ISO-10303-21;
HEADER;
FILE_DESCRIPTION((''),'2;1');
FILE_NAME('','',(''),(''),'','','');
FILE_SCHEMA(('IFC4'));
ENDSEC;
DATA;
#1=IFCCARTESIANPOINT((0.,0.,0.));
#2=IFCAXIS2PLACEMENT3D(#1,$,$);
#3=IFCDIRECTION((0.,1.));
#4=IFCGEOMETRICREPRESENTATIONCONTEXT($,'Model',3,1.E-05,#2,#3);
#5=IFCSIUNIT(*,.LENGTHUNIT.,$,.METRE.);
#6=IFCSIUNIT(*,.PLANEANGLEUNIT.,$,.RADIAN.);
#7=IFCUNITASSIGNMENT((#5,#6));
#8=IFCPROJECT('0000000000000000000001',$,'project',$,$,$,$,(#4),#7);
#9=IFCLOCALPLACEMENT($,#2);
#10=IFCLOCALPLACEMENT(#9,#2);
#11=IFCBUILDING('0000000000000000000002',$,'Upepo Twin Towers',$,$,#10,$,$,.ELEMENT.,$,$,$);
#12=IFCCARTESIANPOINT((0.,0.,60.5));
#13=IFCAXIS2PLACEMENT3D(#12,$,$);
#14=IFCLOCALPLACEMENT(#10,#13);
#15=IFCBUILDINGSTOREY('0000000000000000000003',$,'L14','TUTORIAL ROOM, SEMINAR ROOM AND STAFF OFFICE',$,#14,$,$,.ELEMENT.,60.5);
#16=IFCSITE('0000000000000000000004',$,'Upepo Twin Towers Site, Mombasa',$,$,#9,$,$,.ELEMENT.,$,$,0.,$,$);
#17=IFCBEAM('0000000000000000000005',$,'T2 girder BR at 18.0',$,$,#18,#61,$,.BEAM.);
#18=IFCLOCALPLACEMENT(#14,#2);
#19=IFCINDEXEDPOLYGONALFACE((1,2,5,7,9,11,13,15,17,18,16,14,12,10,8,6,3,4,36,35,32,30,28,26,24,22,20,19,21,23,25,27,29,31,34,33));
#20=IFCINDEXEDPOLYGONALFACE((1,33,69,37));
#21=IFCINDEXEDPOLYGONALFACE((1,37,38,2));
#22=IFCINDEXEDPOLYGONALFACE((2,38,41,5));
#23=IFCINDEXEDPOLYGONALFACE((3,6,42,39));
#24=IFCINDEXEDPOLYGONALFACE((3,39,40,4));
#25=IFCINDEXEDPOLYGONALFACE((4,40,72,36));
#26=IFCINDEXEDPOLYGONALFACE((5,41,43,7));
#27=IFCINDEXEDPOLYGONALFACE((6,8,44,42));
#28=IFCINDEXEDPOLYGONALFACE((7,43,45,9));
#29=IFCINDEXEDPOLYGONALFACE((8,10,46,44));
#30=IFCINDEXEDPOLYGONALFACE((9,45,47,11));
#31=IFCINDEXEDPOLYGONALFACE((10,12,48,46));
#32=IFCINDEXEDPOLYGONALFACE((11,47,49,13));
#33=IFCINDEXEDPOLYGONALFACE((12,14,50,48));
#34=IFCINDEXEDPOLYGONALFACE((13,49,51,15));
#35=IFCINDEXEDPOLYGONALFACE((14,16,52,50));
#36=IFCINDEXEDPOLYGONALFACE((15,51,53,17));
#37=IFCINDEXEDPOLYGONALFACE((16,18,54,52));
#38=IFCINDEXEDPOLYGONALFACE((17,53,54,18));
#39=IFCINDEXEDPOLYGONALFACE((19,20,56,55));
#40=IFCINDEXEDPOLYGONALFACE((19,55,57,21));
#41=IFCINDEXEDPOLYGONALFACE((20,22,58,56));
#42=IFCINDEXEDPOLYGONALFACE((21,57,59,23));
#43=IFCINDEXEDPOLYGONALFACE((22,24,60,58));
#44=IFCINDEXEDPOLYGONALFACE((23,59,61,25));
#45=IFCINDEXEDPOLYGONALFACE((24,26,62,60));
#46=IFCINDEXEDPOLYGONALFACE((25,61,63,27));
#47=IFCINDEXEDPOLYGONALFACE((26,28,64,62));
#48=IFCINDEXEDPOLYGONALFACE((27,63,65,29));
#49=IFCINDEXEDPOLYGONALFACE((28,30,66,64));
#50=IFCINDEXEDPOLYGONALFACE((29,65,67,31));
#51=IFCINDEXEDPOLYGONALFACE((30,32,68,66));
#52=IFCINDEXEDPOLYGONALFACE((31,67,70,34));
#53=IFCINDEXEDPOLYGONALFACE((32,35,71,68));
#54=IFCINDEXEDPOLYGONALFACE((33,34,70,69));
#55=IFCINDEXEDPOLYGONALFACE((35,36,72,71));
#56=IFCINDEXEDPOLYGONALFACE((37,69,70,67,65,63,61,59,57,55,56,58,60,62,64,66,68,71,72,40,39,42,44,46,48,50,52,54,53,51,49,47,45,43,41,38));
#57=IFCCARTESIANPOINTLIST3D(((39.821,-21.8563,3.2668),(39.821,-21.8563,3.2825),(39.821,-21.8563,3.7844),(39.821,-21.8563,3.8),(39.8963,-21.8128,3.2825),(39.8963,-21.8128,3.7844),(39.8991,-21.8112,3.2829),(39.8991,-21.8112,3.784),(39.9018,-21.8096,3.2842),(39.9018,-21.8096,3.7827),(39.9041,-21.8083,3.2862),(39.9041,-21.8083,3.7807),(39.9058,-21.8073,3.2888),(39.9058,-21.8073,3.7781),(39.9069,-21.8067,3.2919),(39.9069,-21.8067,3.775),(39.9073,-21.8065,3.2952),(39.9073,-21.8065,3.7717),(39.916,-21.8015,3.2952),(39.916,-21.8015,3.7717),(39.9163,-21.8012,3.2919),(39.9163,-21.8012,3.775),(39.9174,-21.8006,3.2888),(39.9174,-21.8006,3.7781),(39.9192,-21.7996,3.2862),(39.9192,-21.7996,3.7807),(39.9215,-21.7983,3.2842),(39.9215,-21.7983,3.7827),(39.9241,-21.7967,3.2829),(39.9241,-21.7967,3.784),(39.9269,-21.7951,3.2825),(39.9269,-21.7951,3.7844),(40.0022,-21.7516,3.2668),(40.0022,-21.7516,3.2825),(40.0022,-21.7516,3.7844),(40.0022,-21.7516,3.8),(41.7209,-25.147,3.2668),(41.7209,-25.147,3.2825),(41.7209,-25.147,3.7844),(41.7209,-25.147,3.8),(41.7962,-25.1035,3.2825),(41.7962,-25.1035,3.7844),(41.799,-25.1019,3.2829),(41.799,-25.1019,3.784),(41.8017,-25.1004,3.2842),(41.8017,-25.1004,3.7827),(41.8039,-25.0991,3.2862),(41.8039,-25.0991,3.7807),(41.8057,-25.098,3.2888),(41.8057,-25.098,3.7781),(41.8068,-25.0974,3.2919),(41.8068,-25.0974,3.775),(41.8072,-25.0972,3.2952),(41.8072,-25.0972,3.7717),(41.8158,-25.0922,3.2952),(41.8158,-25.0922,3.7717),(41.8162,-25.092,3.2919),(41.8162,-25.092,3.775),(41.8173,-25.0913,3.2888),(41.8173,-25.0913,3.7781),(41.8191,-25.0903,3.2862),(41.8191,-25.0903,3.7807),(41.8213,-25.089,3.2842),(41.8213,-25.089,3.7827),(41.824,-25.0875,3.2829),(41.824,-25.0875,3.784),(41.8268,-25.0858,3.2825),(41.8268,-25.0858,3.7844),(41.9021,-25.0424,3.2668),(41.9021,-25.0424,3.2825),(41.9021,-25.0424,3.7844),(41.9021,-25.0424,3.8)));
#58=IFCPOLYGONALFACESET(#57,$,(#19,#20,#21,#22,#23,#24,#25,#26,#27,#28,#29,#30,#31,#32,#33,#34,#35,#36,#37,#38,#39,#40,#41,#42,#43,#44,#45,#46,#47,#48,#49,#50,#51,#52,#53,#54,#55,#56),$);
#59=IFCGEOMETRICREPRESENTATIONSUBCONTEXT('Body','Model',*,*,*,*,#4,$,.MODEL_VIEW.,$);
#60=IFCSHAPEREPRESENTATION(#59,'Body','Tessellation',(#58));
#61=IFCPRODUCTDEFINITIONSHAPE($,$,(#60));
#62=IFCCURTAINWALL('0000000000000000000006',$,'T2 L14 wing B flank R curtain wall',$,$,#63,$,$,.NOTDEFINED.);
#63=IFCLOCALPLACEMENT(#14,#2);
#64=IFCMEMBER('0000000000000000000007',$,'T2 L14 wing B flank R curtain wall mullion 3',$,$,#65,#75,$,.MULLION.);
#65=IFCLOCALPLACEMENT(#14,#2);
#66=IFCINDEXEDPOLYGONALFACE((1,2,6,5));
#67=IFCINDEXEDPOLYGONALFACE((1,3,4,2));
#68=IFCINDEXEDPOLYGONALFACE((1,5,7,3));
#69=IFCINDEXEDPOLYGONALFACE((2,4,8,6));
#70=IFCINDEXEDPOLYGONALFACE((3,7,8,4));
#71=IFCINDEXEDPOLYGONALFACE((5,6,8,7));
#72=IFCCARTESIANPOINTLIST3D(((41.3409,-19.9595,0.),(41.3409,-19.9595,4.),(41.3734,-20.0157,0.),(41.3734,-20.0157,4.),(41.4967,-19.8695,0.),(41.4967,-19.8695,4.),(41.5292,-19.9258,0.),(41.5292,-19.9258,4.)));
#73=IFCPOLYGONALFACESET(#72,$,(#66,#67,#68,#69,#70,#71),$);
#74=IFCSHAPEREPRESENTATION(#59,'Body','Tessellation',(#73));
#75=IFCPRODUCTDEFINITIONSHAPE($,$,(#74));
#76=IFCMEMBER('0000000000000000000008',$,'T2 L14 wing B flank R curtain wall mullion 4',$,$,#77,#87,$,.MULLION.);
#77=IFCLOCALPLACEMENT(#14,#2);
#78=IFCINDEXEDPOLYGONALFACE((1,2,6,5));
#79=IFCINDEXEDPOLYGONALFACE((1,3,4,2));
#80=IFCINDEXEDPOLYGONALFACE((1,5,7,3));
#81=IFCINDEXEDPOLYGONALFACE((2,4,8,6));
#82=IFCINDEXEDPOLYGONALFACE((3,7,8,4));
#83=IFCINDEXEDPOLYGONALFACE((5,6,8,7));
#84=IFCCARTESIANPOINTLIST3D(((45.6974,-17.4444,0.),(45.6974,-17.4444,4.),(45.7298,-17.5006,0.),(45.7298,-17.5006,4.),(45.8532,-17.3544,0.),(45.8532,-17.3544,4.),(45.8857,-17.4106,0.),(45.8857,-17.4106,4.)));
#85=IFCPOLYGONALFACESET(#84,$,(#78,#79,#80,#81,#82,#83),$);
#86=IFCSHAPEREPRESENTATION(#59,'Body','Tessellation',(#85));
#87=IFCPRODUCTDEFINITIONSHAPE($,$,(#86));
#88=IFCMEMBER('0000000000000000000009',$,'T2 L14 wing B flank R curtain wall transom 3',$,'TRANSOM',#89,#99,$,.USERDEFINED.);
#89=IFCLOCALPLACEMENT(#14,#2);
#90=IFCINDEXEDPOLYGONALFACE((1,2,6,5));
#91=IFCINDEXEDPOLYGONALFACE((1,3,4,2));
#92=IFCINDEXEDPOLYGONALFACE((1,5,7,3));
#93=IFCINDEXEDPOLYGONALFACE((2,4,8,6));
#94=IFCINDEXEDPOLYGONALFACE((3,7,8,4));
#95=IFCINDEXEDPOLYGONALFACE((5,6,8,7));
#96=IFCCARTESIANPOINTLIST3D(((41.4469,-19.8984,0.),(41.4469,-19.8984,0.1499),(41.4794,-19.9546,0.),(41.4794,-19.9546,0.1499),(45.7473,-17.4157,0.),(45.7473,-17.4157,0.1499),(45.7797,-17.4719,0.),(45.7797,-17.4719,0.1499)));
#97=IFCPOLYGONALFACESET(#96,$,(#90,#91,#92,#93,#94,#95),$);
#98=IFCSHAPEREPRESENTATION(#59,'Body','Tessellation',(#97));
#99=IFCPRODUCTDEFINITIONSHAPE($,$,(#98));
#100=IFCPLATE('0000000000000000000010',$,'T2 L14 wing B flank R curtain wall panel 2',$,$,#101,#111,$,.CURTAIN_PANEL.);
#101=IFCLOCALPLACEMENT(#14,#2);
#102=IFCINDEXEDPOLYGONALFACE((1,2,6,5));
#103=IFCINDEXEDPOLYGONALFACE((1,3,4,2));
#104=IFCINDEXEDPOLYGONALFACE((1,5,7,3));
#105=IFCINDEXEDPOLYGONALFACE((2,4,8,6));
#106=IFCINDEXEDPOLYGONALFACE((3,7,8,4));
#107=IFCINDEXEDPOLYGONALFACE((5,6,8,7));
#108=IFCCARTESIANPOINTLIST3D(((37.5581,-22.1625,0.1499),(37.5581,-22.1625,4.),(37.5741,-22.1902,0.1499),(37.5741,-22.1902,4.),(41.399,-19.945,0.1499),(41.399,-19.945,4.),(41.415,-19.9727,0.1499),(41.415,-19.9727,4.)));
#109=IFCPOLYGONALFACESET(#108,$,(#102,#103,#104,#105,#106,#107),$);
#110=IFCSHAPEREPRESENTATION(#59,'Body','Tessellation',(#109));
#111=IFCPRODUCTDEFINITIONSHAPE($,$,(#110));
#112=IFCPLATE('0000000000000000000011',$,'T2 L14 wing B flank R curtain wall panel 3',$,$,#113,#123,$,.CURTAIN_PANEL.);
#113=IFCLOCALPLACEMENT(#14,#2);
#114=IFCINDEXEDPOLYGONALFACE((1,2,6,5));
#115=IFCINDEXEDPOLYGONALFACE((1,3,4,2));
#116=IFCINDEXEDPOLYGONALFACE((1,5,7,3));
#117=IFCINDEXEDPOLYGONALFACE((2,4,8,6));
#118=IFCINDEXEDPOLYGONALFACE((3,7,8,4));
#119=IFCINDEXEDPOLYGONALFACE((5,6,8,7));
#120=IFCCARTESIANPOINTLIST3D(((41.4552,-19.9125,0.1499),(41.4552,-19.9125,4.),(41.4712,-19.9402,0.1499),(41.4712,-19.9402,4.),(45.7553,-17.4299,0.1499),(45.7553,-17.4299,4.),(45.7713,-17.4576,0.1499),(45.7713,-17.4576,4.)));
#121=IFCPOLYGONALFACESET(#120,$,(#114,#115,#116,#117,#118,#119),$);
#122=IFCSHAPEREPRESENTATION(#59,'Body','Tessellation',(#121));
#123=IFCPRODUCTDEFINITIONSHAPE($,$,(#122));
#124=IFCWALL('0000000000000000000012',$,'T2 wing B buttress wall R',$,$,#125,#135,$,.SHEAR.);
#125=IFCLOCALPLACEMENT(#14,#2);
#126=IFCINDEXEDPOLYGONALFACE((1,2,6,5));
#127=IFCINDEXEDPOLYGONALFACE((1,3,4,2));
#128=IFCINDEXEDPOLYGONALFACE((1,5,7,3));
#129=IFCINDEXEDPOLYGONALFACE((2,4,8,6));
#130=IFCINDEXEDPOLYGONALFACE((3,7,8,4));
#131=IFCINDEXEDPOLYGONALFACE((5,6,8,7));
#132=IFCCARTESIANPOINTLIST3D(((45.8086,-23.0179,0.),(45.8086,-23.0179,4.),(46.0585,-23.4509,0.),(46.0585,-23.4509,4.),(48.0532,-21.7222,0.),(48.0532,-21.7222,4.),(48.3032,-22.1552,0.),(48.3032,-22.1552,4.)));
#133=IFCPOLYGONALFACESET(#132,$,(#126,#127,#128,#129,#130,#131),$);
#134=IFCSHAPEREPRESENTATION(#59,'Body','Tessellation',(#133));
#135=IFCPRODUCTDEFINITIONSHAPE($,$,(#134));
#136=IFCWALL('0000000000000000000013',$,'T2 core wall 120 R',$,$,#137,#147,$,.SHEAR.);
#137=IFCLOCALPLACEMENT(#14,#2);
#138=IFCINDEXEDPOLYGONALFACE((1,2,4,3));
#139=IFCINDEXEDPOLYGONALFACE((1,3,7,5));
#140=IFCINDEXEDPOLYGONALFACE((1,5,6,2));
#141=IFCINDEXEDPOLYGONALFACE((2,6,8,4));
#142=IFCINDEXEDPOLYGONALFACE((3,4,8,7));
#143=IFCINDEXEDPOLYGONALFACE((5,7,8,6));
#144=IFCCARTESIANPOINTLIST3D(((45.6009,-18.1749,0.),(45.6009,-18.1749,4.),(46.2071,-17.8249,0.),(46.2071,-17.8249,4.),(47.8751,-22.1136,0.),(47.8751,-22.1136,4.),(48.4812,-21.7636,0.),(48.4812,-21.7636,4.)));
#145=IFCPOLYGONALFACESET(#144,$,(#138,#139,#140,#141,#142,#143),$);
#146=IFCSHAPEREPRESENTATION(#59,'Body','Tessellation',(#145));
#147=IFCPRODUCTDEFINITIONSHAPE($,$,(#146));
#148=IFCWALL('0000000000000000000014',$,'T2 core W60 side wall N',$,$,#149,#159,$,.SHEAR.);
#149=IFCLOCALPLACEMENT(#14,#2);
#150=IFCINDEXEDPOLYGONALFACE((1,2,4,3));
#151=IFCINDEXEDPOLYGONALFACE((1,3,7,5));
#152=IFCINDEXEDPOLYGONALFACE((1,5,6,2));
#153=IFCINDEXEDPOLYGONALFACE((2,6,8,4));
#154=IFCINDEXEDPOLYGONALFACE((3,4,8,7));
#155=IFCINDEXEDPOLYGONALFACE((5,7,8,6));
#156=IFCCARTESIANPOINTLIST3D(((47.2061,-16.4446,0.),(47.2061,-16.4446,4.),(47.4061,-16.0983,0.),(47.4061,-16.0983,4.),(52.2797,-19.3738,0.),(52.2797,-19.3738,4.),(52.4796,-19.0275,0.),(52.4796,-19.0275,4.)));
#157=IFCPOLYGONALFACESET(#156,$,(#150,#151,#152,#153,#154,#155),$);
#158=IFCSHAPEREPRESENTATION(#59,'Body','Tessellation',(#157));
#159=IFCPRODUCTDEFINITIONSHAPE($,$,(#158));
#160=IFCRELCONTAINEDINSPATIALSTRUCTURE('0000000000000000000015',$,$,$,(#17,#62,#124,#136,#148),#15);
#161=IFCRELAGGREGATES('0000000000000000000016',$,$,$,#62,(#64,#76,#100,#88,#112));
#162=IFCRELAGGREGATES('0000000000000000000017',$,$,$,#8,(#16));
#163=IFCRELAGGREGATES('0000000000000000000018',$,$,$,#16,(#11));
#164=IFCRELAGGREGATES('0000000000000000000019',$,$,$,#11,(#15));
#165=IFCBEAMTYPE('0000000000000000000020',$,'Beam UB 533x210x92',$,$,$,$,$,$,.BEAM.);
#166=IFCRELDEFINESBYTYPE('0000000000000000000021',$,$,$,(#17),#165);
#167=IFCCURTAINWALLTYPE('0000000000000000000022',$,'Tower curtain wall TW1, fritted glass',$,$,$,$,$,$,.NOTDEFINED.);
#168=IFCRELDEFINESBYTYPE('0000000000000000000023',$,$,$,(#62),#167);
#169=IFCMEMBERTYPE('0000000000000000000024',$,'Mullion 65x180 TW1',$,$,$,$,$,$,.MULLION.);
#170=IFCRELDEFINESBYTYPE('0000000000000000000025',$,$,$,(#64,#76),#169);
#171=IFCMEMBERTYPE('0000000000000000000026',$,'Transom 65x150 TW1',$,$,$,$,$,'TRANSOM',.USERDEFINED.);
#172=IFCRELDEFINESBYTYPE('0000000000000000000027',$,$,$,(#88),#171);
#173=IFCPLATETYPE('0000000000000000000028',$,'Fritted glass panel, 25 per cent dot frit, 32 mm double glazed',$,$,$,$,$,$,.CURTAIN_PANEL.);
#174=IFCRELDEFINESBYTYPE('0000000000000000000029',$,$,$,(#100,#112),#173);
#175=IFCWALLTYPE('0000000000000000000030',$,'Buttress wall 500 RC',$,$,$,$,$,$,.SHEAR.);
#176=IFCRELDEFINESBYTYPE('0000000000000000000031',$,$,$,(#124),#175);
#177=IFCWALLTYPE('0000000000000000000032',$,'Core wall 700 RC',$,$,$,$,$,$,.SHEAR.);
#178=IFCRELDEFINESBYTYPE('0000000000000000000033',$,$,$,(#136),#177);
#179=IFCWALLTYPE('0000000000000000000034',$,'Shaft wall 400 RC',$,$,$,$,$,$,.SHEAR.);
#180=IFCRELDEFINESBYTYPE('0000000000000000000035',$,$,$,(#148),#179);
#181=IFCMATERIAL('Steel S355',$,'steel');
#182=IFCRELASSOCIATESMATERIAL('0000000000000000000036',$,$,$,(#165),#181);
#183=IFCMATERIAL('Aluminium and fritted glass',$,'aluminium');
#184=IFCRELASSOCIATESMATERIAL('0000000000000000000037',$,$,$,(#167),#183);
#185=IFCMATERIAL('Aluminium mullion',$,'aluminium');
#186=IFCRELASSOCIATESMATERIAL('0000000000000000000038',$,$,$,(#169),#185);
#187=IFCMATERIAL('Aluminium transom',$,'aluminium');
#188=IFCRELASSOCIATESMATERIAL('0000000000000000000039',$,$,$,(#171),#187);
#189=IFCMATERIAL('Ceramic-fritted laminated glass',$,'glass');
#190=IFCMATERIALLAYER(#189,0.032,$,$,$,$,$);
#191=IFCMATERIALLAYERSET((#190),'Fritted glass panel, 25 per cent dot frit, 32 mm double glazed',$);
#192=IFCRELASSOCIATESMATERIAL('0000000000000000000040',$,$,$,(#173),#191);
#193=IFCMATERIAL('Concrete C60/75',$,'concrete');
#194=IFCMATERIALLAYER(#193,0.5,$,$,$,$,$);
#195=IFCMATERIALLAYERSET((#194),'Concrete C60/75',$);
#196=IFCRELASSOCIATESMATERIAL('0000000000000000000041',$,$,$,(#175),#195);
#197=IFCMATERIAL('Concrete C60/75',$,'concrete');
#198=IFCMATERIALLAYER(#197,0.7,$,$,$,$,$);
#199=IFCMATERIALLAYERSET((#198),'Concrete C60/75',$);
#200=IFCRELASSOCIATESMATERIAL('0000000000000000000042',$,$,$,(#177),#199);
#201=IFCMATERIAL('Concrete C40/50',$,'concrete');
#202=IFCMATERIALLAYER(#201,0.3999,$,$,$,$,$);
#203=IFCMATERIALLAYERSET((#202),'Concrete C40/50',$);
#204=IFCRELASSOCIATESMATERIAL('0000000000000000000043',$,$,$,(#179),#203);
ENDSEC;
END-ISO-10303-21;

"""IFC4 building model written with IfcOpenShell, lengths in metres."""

from ifc_helpers import new_model, si_unit, direction, frame, frame_2d, origin, origin_2d, place, context, subcontext, project, spatial, rectangle, i_section, extrude, material, layer, layer_set, material_profile, profile_set, type_object, element, aggregate, save


model = new_model("IFC4")

# Units and contexts
model_context = context("Model", 3, precision=1e-05, world=origin(), true_north=direction((0.0, 1.0)))
body_context = subcontext(model_context, "Body", "Model", "MODEL_VIEW")
ifc_project = project(units=[si_unit("LENGTHUNIT", "METRE"), si_unit("PLANEANGLEUNIT", "RADIAN")], contexts=[model_context])

# Site, building, storey
site_placement = place(None, origin())
site = spatial("IfcSite", under=ifc_project, at=site_placement, Name="Upepo Twin Towers Site, Mombasa", CompositionType="ELEMENT", RefElevation=0.0)
building_placement = place(site_placement, origin())
building = spatial("IfcBuilding", under=site, at=building_placement, Name="Upepo Twin Towers", CompositionType="ELEMENT")
storey_placement = place(building_placement, frame((0.0, 0.0, 60.5)))
storey = spatial("IfcBuildingStorey", under=building, at=storey_placement, Name="L14", Description="TUTORIAL ROOM, SEMINAR ROOM AND STAFF OFFICE", CompositionType="ELEMENT", Elevation=60.5)

# Beam
ifc_material_1 = material(Name="Steel S355", Category="steel")
ifc_material_profile_1 = material_profile(ifc_material_1, i_section(OverallWidth=0.2092, OverallDepth=0.5332, WebThickness=0.01, FlangeThickness=0.0156, FilletRadius=0.0127, at=origin_2d()), Name="UB 533x210x92")
ifc_profile_set_1 = profile_set([ifc_material_profile_1], Name="Steel S355")
beam_type_1 = type_object("IfcBeamType", Name="Beam UB 533x210x92", PredefinedType="BEAM", material=ifc_profile_set_1)
beam_1_placement = place(storey_placement, frame((39.9116, -21.804, 3.5334), z_axis=(0.499995, -0.866028, 0.0), x_axis=(0.866028, 0.499995, 0.0)))
element("IfcBeam", 1, at=beam_1_placement, inside=storey, type_object=beam_type_1, Name="T2 girder BR at 18.0", PredefinedType="BEAM", context=body_context, shape_type="SweptSolid", body=[
    extrude(i_section(OverallWidth=0.2092, OverallDepth=0.5332, WebThickness=0.01, FlangeThickness=0.0156, FilletRadius=0.0127, at=origin_2d()), origin(), (0.0, 0.0, 1.0), 3.7998),
])

# Curtain wall, members, plates
ifc_material_2 = material(Name="Aluminium and fritted glass", Category="aluminium")
curtain_wall_type = type_object("IfcCurtainWallType", Name="Tower curtain wall TW1, fritted glass", PredefinedType="NOTDEFINED", material=ifc_material_2)
curtain_wall_placement = place(storey_placement, origin())
curtain_wall = element("IfcCurtainWall", 2, at=curtain_wall_placement, inside=storey, type_object=curtain_wall_type, Name="T2 L14 wing B flank R curtain wall", PredefinedType="NOTDEFINED")
ifc_material_3 = material(Name="Aluminium mullion", Category="aluminium")
ifc_material_profile_2 = material_profile(ifc_material_3, rectangle(XDim=0.0649, YDim=0.1799, at=origin_2d()), Name="MULLION 65x180")
ifc_profile_set_2 = profile_set([ifc_material_profile_2], Name="Aluminium mullion")
member_type_1 = type_object("IfcMemberType", Name="Mullion 65x180 TW1", PredefinedType="MULLION", material=ifc_profile_set_2)
member_1_placement = place(storey_placement, frame((41.4351, -19.9426, 0.0), z_axis=(0.0, 0.0, 1.0), x_axis=(-0.5, 0.866025, 0.0)))
member_1 = element("IfcMember", 3, at=member_1_placement, type_object=member_type_1, Name="T2 L14 wing B flank R curtain wall mullion 3", PredefinedType="MULLION", context=body_context, shape_type="SweptSolid", body=[
    extrude(rectangle(XDim=0.0649, YDim=0.1799, at=origin_2d()), origin(), (0.0, 0.0, 1.0), 4.0),
])
member_2_placement = place(storey_placement, frame((45.7915, -17.4275, 0.0), z_axis=(0.0, 0.0, 1.0), x_axis=(-0.5, 0.866025, 0.0)))
member_2 = element("IfcMember", 4, at=member_2_placement, type_object=member_type_1, Name="T2 L14 wing B flank R curtain wall mullion 4", PredefinedType="MULLION", context=body_context, shape_type="SweptSolid", body=[
    extrude(rectangle(XDim=0.0649, YDim=0.1799, at=origin_2d()), origin(), (0.0, 0.0, 1.0), 4.0),
])
ifc_material_4 = material(Name="Aluminium transom", Category="aluminium")
ifc_material_profile_3 = material_profile(ifc_material_4, rectangle(XDim=0.0649, YDim=0.1499, at=origin_2d()), Name="TRANSOM 65x150")
ifc_profile_set_3 = profile_set([ifc_material_profile_3], Name="Aluminium transom")
member_type_2 = type_object("IfcMemberType", Name="Transom 65x150 TW1", ElementType="TRANSOM", PredefinedType="USERDEFINED", material=ifc_profile_set_3)
member_3_placement = place(storey_placement, frame((41.4631, -19.9265, 0.075), z_axis=(0.866035, 0.499983, 0.0), x_axis=(-0.499983, 0.866035, 0.0)))
member_3 = element("IfcMember", 5, at=member_3_placement, type_object=member_type_2, Name="T2 L14 wing B flank R curtain wall transom 3", ObjectType="TRANSOM", PredefinedType="USERDEFINED", context=body_context, shape_type="SweptSolid", body=[
    extrude(rectangle(XDim=0.0649, YDim=0.1499, at=origin_2d()), origin(), (0.0, 0.0, 1.0), 4.9656),
])
ifc_material_5 = material(Name="Ceramic-fritted laminated glass", Category="glass")
ifc_layer_1 = layer(ifc_material_5, 0.032)
ifc_layer_set_1 = layer_set([ifc_layer_1], Name="Fritted glass panel, 25 per cent dot frit, 32 mm double glazed")
plate_type = type_object("IfcPlateType", Name="Fritted glass panel, 25 per cent dot frit, 32 mm double glazed", PredefinedType="CURTAIN_PANEL", material=ifc_layer_set_1)
plate_1_placement = place(storey_placement, frame((39.4866, -21.0676, 0.1499), z_axis=(0.0, 0.0, 1.0), x_axis=(0.866025, 0.5, 0.0)))
plate_1 = element("IfcPlate", 6, at=plate_1_placement, type_object=plate_type, Name="T2 L14 wing B flank R curtain wall panel 2", PredefinedType="CURTAIN_PANEL", context=body_context, shape_type="SweptSolid", body=[
    extrude(rectangle(XDim=4.4351, YDim=0.032, at=origin_2d()), origin(), (0.0, 0.0, 1.0), 3.8501),
])
plate_2_placement = place(storey_placement, frame((43.6133, -18.6851, 0.1499), z_axis=(0.0, 0.0, 1.0), x_axis=(0.866025, 0.5, 0.0)))
plate_2 = element("IfcPlate", 7, at=plate_2_placement, type_object=plate_type, Name="T2 L14 wing B flank R curtain wall panel 3", PredefinedType="CURTAIN_PANEL", context=body_context, shape_type="SweptSolid", body=[
    extrude(rectangle(XDim=4.9653, YDim=0.032, at=origin_2d()), origin(), (0.0, 0.0, 1.0), 3.8501),
])
aggregate(curtain_wall, [member_1, member_2, plate_1, member_3, plate_2])

# Walls
ifc_material_6 = material(Name="Concrete C60/75", Category="concrete")
ifc_layer_2 = layer(ifc_material_6, 0.5)
ifc_layer_set_2 = layer_set([ifc_layer_2], Name="Concrete C60/75")
wall_type_1 = type_object("IfcWallType", Name="Buttress wall 500 RC", PredefinedType="SHEAR", material=ifc_layer_set_2)
wall_1_placement = place(storey_placement, frame((48.1782, -21.9387, 0.0), z_axis=(0.0, 0.0, 1.0), x_axis=(-0.866073, -0.499918, 0.0)))
element("IfcWall", 8, at=wall_1_placement, inside=storey, type_object=wall_type_1, Name="T2 wing B buttress wall R", PredefinedType="SHEAR", context=body_context, shape_type="SweptSolid", body=[
    extrude(rectangle(XDim=2.5918, YDim=0.5, at=frame_2d((1.2959, 0.0))), origin(), (0.0, 0.0, 1.0), 4.0),
])
ifc_material_7 = material(Name="Concrete C60/75", Category="concrete")
ifc_layer_3 = layer(ifc_material_7, 0.7)
ifc_layer_set_3 = layer_set([ifc_layer_3], Name="Concrete C60/75")
wall_type_2 = type_object("IfcWallType", Name="Core wall 700 RC", PredefinedType="SHEAR", material=ifc_layer_set_3)
wall_2_placement = place(storey_placement, frame((45.9041, -18.0, 0.0), z_axis=(0.0, 0.0, 1.0), x_axis=(0.500024, -0.866011, 0.0)))
element("IfcWall", 9, at=wall_2_placement, inside=storey, type_object=wall_type_2, Name="T2 core wall 120 R", PredefinedType="SHEAR", context=body_context, shape_type="SweptSolid", body=[
    extrude(rectangle(XDim=4.5481, YDim=0.7, at=frame_2d((2.2739, 0.0))), origin(), (0.0, 0.0, 1.0), 4.0),
])
ifc_material_8 = material(Name="Concrete C40/50", Category="concrete")
ifc_layer_4 = layer(ifc_material_8, 0.3999)
ifc_layer_set_4 = layer_set([ifc_layer_4], Name="Concrete C40/50")
wall_type_3 = type_object("IfcWallType", Name="Shaft wall 400 RC", PredefinedType="SHEAR", material=ifc_layer_set_4)
wall_3_placement = place(storey_placement, frame((52.3796, -19.2007, 0.0), z_axis=(0.0, 0.0, 1.0), x_axis=(-0.866024, 0.500003, 0.0)))
element("IfcWall", 10, at=wall_3_placement, inside=storey, type_object=wall_type_3, Name="T2 core W60 side wall N", PredefinedType="SHEAR", context=body_context, shape_type="SweptSolid", body=[
    extrude(rectangle(XDim=5.8584, YDim=0.3999, at=frame_2d((2.9292, 0.0))), origin(), (0.0, 0.0, 1.0), 4.0),
])

save(model, "model.ifc")
